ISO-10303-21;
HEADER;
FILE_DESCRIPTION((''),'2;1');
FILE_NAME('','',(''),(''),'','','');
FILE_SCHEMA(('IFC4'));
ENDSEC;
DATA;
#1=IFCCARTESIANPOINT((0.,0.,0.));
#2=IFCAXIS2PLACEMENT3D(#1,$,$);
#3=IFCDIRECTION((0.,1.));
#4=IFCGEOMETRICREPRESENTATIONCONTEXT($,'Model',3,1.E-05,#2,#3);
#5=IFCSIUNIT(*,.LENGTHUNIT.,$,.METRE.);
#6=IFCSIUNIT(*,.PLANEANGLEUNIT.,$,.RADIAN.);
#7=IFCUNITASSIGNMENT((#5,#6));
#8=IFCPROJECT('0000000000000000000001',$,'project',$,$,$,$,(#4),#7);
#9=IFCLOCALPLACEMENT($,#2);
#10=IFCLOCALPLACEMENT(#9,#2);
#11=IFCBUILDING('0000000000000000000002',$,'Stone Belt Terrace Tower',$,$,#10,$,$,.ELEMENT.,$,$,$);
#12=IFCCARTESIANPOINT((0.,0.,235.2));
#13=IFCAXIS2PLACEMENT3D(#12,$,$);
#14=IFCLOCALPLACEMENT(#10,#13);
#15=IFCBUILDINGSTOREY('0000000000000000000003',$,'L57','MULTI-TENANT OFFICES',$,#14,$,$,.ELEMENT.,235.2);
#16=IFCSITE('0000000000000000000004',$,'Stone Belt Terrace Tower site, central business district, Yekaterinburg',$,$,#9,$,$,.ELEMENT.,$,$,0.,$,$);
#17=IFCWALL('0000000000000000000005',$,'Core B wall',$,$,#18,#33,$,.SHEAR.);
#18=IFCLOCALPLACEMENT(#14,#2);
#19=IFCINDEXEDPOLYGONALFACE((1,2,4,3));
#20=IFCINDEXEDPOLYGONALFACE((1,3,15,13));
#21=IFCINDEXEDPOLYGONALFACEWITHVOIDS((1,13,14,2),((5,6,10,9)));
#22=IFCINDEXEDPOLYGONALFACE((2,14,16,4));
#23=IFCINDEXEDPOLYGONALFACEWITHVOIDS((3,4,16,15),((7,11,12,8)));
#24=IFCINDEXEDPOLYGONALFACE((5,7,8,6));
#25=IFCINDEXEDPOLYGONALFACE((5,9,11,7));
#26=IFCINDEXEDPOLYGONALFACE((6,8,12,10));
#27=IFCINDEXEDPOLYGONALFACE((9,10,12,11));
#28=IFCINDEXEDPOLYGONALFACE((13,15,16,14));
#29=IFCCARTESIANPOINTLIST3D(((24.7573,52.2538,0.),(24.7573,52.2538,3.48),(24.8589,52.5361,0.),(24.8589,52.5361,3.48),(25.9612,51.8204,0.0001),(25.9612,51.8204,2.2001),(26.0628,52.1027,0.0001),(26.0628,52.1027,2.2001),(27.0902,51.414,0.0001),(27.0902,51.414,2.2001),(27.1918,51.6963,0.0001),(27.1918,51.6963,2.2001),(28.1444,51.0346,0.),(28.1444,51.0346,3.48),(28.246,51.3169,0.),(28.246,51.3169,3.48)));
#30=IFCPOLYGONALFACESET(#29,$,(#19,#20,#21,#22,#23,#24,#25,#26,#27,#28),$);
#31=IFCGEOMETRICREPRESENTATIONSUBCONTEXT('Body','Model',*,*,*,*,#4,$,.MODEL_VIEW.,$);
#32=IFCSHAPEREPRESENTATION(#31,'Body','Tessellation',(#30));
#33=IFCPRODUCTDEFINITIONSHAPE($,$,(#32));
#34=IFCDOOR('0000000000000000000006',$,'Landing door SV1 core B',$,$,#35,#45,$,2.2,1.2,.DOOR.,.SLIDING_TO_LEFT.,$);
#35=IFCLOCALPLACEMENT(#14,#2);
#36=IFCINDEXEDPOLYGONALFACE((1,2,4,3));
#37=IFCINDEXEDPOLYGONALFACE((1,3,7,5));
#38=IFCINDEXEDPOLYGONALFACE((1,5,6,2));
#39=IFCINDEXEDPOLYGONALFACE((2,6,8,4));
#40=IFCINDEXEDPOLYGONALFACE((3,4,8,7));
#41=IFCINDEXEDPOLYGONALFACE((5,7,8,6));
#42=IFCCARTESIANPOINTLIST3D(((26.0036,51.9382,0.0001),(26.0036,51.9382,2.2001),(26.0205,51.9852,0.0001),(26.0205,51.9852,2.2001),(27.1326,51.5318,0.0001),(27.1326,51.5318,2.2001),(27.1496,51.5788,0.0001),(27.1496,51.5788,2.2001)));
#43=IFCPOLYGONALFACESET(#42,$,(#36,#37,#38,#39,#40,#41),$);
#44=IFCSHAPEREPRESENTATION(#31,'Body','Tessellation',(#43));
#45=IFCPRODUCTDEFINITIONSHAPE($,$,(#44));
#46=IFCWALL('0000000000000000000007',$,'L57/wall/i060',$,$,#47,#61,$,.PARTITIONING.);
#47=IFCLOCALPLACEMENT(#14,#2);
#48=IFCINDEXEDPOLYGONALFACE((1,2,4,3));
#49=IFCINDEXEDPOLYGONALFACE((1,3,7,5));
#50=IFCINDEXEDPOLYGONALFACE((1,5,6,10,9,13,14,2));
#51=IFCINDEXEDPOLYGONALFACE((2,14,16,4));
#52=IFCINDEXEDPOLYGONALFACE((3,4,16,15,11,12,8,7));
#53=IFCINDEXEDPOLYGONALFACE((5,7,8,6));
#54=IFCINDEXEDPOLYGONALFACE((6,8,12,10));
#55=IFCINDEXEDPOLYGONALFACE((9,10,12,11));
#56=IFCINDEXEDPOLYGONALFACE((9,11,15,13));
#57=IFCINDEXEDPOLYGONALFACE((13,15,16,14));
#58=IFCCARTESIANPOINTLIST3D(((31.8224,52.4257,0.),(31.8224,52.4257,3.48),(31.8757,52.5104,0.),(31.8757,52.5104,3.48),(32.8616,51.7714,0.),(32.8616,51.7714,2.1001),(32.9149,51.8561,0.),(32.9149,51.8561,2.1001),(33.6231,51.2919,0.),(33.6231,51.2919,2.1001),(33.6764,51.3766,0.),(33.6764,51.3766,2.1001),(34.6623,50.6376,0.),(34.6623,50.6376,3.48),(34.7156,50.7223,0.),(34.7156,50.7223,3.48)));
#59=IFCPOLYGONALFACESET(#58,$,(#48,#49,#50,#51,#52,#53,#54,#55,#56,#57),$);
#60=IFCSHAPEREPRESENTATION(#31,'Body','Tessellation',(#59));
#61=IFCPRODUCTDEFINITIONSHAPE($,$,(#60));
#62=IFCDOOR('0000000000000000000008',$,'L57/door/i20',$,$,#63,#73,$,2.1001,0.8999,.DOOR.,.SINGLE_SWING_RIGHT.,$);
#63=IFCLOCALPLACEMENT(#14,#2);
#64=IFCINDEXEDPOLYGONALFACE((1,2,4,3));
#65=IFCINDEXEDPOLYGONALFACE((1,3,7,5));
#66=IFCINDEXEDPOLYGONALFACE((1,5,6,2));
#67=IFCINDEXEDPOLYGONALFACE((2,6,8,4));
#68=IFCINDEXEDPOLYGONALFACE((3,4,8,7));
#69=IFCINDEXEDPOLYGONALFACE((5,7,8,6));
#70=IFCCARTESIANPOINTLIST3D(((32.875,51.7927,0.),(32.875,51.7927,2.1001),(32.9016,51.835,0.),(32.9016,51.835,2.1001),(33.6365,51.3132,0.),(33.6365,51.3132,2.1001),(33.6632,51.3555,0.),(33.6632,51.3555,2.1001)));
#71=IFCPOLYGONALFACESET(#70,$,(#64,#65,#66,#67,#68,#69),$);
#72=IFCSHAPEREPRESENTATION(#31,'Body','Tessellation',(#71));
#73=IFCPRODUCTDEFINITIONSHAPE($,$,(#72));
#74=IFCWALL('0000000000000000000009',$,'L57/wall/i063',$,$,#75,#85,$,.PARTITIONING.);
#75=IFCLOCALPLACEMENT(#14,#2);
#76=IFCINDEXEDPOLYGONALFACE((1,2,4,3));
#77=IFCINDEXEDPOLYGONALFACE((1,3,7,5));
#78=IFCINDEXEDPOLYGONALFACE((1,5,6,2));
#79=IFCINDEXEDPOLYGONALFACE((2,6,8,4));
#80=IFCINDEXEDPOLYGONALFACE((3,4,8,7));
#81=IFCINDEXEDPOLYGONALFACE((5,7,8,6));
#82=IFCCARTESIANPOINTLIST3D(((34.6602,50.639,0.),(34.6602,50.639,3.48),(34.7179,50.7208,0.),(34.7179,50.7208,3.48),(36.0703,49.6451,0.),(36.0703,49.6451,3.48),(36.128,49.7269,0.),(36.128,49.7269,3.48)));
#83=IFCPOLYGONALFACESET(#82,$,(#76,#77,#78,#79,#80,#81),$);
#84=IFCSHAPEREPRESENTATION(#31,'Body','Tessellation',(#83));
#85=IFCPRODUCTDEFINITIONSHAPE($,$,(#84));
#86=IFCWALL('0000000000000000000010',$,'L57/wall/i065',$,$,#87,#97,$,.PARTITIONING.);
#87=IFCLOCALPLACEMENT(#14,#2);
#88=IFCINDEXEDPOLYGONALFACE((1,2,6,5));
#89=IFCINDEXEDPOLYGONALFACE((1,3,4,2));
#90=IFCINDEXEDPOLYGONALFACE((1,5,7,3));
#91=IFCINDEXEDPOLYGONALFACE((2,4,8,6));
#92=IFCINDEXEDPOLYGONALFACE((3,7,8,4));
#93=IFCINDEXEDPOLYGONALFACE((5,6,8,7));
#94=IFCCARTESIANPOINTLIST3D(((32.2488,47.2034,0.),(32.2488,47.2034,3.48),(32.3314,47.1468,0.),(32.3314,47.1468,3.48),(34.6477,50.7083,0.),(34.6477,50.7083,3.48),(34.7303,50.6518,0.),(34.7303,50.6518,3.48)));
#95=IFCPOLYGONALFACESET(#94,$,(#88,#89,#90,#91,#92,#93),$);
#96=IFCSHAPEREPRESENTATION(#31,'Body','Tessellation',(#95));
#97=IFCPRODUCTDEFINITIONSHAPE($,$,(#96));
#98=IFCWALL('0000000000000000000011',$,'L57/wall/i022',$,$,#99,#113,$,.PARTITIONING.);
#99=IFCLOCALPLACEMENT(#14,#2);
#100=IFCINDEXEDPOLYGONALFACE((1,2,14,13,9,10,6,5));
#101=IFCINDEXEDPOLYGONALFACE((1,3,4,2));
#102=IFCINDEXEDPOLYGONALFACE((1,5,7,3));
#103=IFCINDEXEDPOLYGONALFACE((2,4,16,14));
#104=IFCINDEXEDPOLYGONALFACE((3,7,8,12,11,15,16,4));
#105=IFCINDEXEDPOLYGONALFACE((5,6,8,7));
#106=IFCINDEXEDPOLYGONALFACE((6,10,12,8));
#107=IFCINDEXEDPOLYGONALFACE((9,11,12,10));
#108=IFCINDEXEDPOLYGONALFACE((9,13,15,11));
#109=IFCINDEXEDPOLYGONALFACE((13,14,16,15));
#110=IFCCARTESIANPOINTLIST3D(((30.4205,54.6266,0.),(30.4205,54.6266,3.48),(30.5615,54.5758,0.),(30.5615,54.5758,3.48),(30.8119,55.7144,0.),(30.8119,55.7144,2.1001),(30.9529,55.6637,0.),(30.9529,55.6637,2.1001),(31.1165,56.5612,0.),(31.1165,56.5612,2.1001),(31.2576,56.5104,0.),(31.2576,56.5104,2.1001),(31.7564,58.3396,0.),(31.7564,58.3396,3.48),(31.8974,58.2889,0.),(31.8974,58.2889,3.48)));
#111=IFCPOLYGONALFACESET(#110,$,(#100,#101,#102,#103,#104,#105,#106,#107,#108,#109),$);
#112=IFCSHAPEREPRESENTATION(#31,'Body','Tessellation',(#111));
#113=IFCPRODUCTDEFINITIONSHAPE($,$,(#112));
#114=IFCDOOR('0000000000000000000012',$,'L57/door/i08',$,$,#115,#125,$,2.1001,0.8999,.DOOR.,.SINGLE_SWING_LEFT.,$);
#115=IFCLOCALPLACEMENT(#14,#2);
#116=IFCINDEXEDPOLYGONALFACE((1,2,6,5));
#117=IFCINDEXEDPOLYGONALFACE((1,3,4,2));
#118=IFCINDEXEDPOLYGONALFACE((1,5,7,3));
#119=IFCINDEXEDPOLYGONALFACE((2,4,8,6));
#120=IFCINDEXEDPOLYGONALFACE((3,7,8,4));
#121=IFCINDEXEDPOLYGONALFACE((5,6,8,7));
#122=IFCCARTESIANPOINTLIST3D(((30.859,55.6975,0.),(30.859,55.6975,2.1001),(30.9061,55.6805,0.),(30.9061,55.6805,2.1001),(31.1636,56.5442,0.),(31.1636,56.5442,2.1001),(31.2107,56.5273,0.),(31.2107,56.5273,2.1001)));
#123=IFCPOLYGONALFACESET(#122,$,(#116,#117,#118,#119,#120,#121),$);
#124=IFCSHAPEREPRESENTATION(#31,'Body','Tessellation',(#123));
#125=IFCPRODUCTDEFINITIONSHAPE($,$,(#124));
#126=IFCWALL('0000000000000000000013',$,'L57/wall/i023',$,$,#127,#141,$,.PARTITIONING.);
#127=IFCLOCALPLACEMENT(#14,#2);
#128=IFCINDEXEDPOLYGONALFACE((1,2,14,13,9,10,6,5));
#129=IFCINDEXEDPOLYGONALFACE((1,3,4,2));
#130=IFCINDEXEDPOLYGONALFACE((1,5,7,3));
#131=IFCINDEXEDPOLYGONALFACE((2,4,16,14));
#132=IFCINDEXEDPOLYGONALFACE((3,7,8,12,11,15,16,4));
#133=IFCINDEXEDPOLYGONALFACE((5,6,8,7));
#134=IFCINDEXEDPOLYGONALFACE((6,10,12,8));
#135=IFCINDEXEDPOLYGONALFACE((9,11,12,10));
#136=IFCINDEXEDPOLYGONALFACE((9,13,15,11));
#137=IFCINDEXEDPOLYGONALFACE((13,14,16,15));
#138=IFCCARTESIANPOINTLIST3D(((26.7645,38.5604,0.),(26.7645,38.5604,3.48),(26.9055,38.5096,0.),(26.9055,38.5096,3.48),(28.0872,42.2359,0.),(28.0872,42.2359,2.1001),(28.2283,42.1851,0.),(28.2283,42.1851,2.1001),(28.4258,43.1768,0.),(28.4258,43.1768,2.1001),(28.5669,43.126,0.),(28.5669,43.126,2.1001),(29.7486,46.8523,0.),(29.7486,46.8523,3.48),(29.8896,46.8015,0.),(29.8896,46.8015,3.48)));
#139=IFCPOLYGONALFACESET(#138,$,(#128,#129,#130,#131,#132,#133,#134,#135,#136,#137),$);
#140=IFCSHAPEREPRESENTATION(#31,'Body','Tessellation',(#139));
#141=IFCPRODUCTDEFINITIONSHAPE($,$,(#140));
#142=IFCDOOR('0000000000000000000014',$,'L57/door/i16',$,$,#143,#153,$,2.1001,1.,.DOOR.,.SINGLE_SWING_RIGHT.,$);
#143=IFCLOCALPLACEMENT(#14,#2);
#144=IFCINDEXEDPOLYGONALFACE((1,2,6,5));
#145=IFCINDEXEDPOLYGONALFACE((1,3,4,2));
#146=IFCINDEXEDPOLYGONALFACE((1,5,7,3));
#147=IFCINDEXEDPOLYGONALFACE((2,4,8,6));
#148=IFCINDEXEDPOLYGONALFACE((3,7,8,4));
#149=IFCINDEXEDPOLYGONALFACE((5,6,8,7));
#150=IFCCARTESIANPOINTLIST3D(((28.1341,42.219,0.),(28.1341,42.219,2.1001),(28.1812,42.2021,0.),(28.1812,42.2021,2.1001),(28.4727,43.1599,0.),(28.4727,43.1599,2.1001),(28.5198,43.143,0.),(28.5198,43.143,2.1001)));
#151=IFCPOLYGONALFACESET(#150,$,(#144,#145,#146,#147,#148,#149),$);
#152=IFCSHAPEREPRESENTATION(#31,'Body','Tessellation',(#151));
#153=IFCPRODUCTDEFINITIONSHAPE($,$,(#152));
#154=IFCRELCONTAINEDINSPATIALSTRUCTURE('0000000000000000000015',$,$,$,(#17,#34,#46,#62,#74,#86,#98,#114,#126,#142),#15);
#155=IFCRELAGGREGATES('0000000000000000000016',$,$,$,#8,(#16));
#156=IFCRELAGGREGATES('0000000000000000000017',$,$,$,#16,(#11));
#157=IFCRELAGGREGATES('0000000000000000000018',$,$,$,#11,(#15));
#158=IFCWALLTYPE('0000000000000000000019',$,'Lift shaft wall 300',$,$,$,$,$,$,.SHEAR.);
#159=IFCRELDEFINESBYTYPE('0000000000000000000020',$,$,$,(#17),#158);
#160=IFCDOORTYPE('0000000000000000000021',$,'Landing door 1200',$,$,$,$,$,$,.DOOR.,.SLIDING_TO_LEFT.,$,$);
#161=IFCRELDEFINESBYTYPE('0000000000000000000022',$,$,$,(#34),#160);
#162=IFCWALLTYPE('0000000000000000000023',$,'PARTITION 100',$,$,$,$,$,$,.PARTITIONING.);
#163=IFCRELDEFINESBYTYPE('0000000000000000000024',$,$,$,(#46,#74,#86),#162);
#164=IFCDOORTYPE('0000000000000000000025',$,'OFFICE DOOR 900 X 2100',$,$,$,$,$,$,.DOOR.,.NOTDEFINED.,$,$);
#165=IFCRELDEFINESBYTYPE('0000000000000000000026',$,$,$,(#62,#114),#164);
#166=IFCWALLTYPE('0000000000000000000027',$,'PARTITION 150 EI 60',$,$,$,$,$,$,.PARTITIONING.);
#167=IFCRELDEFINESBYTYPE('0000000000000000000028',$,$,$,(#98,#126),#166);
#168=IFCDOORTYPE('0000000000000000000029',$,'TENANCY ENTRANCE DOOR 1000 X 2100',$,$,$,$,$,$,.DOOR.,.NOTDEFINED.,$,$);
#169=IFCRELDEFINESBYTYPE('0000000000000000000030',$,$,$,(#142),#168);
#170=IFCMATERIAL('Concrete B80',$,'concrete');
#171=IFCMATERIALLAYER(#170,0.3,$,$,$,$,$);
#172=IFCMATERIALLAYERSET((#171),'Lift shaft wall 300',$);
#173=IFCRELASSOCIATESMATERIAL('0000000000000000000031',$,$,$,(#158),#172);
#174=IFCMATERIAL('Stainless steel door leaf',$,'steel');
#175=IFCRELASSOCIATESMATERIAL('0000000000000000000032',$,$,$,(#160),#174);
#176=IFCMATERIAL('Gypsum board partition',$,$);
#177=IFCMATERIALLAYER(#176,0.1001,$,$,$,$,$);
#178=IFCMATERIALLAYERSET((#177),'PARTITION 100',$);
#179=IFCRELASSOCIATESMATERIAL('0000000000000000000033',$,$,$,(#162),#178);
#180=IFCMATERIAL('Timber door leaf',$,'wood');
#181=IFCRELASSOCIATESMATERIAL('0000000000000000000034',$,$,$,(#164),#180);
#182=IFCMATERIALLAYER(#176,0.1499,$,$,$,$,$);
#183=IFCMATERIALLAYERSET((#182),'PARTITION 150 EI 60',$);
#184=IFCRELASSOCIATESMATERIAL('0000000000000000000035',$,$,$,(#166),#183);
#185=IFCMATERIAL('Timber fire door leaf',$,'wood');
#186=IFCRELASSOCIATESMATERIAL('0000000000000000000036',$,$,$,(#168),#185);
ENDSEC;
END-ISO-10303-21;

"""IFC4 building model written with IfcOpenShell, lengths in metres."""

from ifc_helpers import new_model, si_unit, direction, frame, frame_2d, origin, place, context, subcontext, project, spatial, rectangle, extrude, material, layer, layer_set, type_object, element, fill, save


model = new_model("IFC4")

# Units and contexts
model_context = context("Model", 3, precision=1e-05, world=origin(), true_north=direction((0.0, 1.0)))
body_context = subcontext(model_context, "Body", "Model", "MODEL_VIEW")
ifc_project = project(units=[si_unit("LENGTHUNIT", "METRE"), si_unit("PLANEANGLEUNIT", "RADIAN")], contexts=[model_context])

# Site, building, storey
site_placement = place(None, origin())
site = spatial("IfcSite", under=ifc_project, at=site_placement, Name="Stone Belt Terrace Tower site, central business district, Yekaterinburg", CompositionType="ELEMENT", RefElevation=0.0)
building_placement = place(site_placement, origin())
building = spatial("IfcBuilding", under=site, at=building_placement, Name="Stone Belt Terrace Tower", CompositionType="ELEMENT")
storey_placement = place(building_placement, frame((0.0, 0.0, 235.2)))
storey = spatial("IfcBuildingStorey", under=building, at=storey_placement, Name="L57", Description="MULTI-TENANT OFFICES", CompositionType="ELEMENT", Elevation=235.2)

# Walls, openings, doors
ifc_material_1 = material(Name="Concrete B80", Category="concrete")
ifc_layer_1 = layer(ifc_material_1, 0.3)
ifc_layer_set_1 = layer_set([ifc_layer_1], Name="Lift shaft wall 300")
wall_type_1 = type_object("IfcWallType", Name="Lift shaft wall 300", PredefinedType="SHEAR", material=ifc_layer_set_1)
wall_1_placement = place(storey_placement, frame((28.1951, 51.1758, 0.0), z_axis=(0.0, 0.0, 1.0), x_axis=(-0.940901, 0.338681, 0.0)))
wall_1 = element("IfcWall", 1, at=wall_1_placement, inside=storey, type_object=wall_type_1, Name="Core B wall", PredefinedType="SHEAR", context=body_context, shape_type="SweptSolid", body=[
    extrude(rectangle(XDim=3.5999, YDim=0.3, at=frame_2d((1.7998, 0.0))), origin(), (0.0, 0.0, 1.0), 3.48),
])
opening_1_placement = place(wall_1_placement, frame((1.1201, 0.0, 0.0)))
opening_1 = element("IfcOpeningElement", 2, at=opening_1_placement, cuts=wall_1, PredefinedType="OPENING", context=body_context, shape_type="SweptSolid", body=[
    extrude(rectangle(XDim=1.2, YDim=2.2, at=frame_2d((0.6001, 1.1001))), frame((0.0, 0.1599, 0.0), z_axis=(0.0, -1.0, 0.0), x_axis=(1.0, 0.0, 0.0)), (0.0, 0.0, 1.0), 0.3201),
])
ifc_material_2 = material(Name="Stainless steel door leaf", Category="steel")
door_type_1 = type_object("IfcDoorType", Name="Landing door 1200", OperationType="SLIDING_TO_LEFT", PredefinedType="DOOR", material=ifc_material_2)
door_1_placement = place(opening_1_placement, origin())
door_1 = element("IfcDoor", 3, at=door_1_placement, inside=storey, type_object=door_type_1, Name="Landing door SV1 core B", OperationType="SLIDING_TO_LEFT", OverallHeight=2.2, OverallWidth=1.2, PredefinedType="DOOR", context=body_context, shape_type="SweptSolid", body=[
    extrude(rectangle(XDim=1.2, YDim=2.2, at=frame_2d((0.6001, 1.1001))), frame((0.0, 0.0249, 0.0), z_axis=(0.0, -1.0, 0.0), x_axis=(1.0, 0.0, 0.0)), (0.0, 0.0, 1.0), 0.05),
])
fill(opening_1, door_1)
ifc_material_3 = material(Name="Gypsum board partition")
ifc_layer_2 = layer(ifc_material_3, 0.1001)
ifc_layer_set_2 = layer_set([ifc_layer_2], Name="PARTITION 100")
wall_type_2 = type_object("IfcWallType", Name="PARTITION 100", PredefinedType="PARTITIONING", material=ifc_layer_set_2)
wall_2_placement = place(storey_placement, frame((34.689, 50.6799, 0.0), z_axis=(0.0, 0.0, 1.0), x_axis=(-0.846228, 0.532821, 0.0)))
wall_2 = element("IfcWall", 4, at=wall_2_placement, inside=storey, type_object=wall_type_2, Name="L57/wall/i060", PredefinedType="PARTITIONING", context=body_context, shape_type="SweptSolid", body=[
    extrude(rectangle(XDim=3.356, YDim=0.1001, at=frame_2d((1.678, 0.0))), origin(), (0.0, 0.0, 1.0), 3.48),
])
opening_2_placement = place(wall_2_placement, frame((1.228, 0.0, 0.0)))
opening_2 = element("IfcOpeningElement", 5, at=opening_2_placement, cuts=wall_2, PredefinedType="OPENING", context=body_context, shape_type="SweptSolid", body=[
    extrude(rectangle(XDim=0.8999, YDim=2.1001, at=frame_2d((0.45, 1.05))), frame((0.0, 0.0601, 0.0), z_axis=(0.0, -1.0, 0.0), x_axis=(1.0, 0.0, 0.0)), (0.0, 0.0, 1.0), 0.1201),
])
ifc_material_4 = material(Name="Timber door leaf", Category="wood")
door_type_2 = type_object("IfcDoorType", Name="OFFICE DOOR 900 X 2100", OperationType="NOTDEFINED", PredefinedType="DOOR", material=ifc_material_4)
door_2_placement = place(opening_2_placement, origin())
door_2 = element("IfcDoor", 6, at=door_2_placement, inside=storey, type_object=door_type_2, Name="L57/door/i20", OperationType="SINGLE_SWING_RIGHT", OverallHeight=2.1001, OverallWidth=0.8999, PredefinedType="DOOR", context=body_context, shape_type="SweptSolid", body=[
    extrude(rectangle(XDim=0.8999, YDim=2.1001, at=frame_2d((0.45, 1.05))), frame((0.0, 0.0249, 0.0), z_axis=(0.0, -1.0, 0.0), x_axis=(1.0, 0.0, 0.0)), (0.0, 0.0, 1.0), 0.05),
])
fill(opening_2, door_2)

# Walls
wall_3_placement = place(storey_placement, frame((36.0991, 49.686, 0.0), z_axis=(0.0, 0.0, 1.0), x_axis=(-0.817379, 0.5761, 0.0)))
element("IfcWall", 7, at=wall_3_placement, inside=storey, type_object=wall_type_2, Name="L57/wall/i063", PredefinedType="PARTITIONING", context=body_context, shape_type="SweptSolid", body=[
    extrude(rectangle(XDim=1.7251, YDim=0.1001, at=frame_2d((0.8625, 0.0))), origin(), (0.0, 0.0, 1.0), 3.48),
])
wall_4_placement = place(storey_placement, frame((34.689, 50.6799, 0.0), z_axis=(0.0, 0.0, 1.0), x_axis=(-0.56482, -0.825214, 0.0)))
element("IfcWall", 8, at=wall_4_placement, inside=storey, type_object=wall_type_2, Name="L57/wall/i065", PredefinedType="PARTITIONING", context=body_context, shape_type="SweptSolid", body=[
    extrude(rectangle(XDim=4.2473, YDim=0.1001, at=frame_2d((2.1235, 0.0))), origin(), (0.0, 0.0, 1.0), 3.48),
])

# Walls, openings, doors
ifc_layer_3 = layer(ifc_material_3, 0.1499)
ifc_layer_set_3 = layer_set([ifc_layer_3], Name="PARTITION 150 EI 60")
wall_type_3 = type_object("IfcWallType", Name="PARTITION 150 EI 60", PredefinedType="PARTITIONING", material=ifc_layer_set_3)
wall_5_placement = place(storey_placement, frame((30.491, 54.6011, 0.0), z_axis=(0.0, 0.0, 1.0), x_axis=(0.338542, 0.940951, 0.0)))
wall_5 = element("IfcWall", 9, at=wall_5_placement, inside=storey, type_object=wall_type_3, Name="L57/wall/i022", PredefinedType="PARTITIONING", context=body_context, shape_type="SweptSolid", body=[
    extrude(rectangle(XDim=3.946, YDim=0.1499, at=frame_2d((1.9731, 0.0))), origin(), (0.0, 0.0, 1.0), 3.48),
])
opening_3_placement = place(wall_5_placement, frame((1.1562, 0.0, 0.0)))
opening_3 = element("IfcOpeningElement", 10, at=opening_3_placement, cuts=wall_5, PredefinedType="OPENING", context=body_context, shape_type="SweptSolid", body=[
    extrude(rectangle(XDim=0.8999, YDim=2.1001, at=frame_2d((0.45, 1.05))), frame((0.0, 0.085, 0.0), z_axis=(0.0, -1.0, 0.0), x_axis=(1.0, 0.0, 0.0)), (0.0, 0.0, 1.0), 0.1699),
])
door_3_placement = place(opening_3_placement, origin())
door_3 = element("IfcDoor", 11, at=door_3_placement, inside=storey, type_object=door_type_2, Name="L57/door/i08", OperationType="SINGLE_SWING_LEFT", OverallHeight=2.1001, OverallWidth=0.8999, PredefinedType="DOOR", context=body_context, shape_type="SweptSolid", body=[
    extrude(rectangle(XDim=0.8999, YDim=2.1001, at=frame_2d((0.45, 1.05))), frame((0.0, 0.0249, 0.0), z_axis=(0.0, -1.0, 0.0), x_axis=(1.0, 0.0, 0.0)), (0.0, 0.0, 1.0), 0.05),
])
fill(opening_3, door_3)
wall_6_placement = place(storey_placement, frame((29.8191, 46.8269, 0.0), z_axis=(0.0, 0.0, 1.0), x_axis=(-0.33862, -0.940923, 0.0)))
wall_6 = element("IfcWall", 12, at=wall_6_placement, inside=storey, type_object=wall_type_3, Name="L57/wall/i023", PredefinedType="PARTITIONING", context=body_context, shape_type="SweptSolid", body=[
    extrude(rectangle(XDim=8.8125, YDim=0.1499, at=frame_2d((4.4062, 0.0))), origin(), (0.0, 0.0, 1.0), 3.48),
])
opening_4_placement = place(wall_6_placement, frame((3.9062, 0.0, 0.0)))
opening_4 = element("IfcOpeningElement", 13, at=opening_4_placement, cuts=wall_6, PredefinedType="OPENING", context=body_context, shape_type="SweptSolid", body=[
    extrude(rectangle(XDim=1.0, YDim=2.1001, at=frame_2d((0.5, 1.05))), frame((0.0, 0.085, 0.0), z_axis=(0.0, -1.0, 0.0), x_axis=(1.0, 0.0, 0.0)), (0.0, 0.0, 1.0), 0.1699),
])
ifc_material_5 = material(Name="Timber fire door leaf", Category="wood")
door_type_3 = type_object("IfcDoorType", Name="TENANCY ENTRANCE DOOR 1000 X 2100", OperationType="NOTDEFINED", PredefinedType="DOOR", material=ifc_material_5)
door_4_placement = place(opening_4_placement, origin())
door_4 = element("IfcDoor", 14, at=door_4_placement, inside=storey, type_object=door_type_3, Name="L57/door/i16", OperationType="SINGLE_SWING_RIGHT", OverallHeight=2.1001, OverallWidth=1.0, PredefinedType="DOOR", context=body_context, shape_type="SweptSolid", body=[
    extrude(rectangle(XDim=1.0, YDim=2.1001, at=frame_2d((0.5, 1.05))), frame((0.0, 0.0249, 0.0), z_axis=(0.0, -1.0, 0.0), x_axis=(1.0, 0.0, 0.0)), (0.0, 0.0, 1.0), 0.05),
])
fill(opening_4, door_4)

save(model, "model.ifc")
